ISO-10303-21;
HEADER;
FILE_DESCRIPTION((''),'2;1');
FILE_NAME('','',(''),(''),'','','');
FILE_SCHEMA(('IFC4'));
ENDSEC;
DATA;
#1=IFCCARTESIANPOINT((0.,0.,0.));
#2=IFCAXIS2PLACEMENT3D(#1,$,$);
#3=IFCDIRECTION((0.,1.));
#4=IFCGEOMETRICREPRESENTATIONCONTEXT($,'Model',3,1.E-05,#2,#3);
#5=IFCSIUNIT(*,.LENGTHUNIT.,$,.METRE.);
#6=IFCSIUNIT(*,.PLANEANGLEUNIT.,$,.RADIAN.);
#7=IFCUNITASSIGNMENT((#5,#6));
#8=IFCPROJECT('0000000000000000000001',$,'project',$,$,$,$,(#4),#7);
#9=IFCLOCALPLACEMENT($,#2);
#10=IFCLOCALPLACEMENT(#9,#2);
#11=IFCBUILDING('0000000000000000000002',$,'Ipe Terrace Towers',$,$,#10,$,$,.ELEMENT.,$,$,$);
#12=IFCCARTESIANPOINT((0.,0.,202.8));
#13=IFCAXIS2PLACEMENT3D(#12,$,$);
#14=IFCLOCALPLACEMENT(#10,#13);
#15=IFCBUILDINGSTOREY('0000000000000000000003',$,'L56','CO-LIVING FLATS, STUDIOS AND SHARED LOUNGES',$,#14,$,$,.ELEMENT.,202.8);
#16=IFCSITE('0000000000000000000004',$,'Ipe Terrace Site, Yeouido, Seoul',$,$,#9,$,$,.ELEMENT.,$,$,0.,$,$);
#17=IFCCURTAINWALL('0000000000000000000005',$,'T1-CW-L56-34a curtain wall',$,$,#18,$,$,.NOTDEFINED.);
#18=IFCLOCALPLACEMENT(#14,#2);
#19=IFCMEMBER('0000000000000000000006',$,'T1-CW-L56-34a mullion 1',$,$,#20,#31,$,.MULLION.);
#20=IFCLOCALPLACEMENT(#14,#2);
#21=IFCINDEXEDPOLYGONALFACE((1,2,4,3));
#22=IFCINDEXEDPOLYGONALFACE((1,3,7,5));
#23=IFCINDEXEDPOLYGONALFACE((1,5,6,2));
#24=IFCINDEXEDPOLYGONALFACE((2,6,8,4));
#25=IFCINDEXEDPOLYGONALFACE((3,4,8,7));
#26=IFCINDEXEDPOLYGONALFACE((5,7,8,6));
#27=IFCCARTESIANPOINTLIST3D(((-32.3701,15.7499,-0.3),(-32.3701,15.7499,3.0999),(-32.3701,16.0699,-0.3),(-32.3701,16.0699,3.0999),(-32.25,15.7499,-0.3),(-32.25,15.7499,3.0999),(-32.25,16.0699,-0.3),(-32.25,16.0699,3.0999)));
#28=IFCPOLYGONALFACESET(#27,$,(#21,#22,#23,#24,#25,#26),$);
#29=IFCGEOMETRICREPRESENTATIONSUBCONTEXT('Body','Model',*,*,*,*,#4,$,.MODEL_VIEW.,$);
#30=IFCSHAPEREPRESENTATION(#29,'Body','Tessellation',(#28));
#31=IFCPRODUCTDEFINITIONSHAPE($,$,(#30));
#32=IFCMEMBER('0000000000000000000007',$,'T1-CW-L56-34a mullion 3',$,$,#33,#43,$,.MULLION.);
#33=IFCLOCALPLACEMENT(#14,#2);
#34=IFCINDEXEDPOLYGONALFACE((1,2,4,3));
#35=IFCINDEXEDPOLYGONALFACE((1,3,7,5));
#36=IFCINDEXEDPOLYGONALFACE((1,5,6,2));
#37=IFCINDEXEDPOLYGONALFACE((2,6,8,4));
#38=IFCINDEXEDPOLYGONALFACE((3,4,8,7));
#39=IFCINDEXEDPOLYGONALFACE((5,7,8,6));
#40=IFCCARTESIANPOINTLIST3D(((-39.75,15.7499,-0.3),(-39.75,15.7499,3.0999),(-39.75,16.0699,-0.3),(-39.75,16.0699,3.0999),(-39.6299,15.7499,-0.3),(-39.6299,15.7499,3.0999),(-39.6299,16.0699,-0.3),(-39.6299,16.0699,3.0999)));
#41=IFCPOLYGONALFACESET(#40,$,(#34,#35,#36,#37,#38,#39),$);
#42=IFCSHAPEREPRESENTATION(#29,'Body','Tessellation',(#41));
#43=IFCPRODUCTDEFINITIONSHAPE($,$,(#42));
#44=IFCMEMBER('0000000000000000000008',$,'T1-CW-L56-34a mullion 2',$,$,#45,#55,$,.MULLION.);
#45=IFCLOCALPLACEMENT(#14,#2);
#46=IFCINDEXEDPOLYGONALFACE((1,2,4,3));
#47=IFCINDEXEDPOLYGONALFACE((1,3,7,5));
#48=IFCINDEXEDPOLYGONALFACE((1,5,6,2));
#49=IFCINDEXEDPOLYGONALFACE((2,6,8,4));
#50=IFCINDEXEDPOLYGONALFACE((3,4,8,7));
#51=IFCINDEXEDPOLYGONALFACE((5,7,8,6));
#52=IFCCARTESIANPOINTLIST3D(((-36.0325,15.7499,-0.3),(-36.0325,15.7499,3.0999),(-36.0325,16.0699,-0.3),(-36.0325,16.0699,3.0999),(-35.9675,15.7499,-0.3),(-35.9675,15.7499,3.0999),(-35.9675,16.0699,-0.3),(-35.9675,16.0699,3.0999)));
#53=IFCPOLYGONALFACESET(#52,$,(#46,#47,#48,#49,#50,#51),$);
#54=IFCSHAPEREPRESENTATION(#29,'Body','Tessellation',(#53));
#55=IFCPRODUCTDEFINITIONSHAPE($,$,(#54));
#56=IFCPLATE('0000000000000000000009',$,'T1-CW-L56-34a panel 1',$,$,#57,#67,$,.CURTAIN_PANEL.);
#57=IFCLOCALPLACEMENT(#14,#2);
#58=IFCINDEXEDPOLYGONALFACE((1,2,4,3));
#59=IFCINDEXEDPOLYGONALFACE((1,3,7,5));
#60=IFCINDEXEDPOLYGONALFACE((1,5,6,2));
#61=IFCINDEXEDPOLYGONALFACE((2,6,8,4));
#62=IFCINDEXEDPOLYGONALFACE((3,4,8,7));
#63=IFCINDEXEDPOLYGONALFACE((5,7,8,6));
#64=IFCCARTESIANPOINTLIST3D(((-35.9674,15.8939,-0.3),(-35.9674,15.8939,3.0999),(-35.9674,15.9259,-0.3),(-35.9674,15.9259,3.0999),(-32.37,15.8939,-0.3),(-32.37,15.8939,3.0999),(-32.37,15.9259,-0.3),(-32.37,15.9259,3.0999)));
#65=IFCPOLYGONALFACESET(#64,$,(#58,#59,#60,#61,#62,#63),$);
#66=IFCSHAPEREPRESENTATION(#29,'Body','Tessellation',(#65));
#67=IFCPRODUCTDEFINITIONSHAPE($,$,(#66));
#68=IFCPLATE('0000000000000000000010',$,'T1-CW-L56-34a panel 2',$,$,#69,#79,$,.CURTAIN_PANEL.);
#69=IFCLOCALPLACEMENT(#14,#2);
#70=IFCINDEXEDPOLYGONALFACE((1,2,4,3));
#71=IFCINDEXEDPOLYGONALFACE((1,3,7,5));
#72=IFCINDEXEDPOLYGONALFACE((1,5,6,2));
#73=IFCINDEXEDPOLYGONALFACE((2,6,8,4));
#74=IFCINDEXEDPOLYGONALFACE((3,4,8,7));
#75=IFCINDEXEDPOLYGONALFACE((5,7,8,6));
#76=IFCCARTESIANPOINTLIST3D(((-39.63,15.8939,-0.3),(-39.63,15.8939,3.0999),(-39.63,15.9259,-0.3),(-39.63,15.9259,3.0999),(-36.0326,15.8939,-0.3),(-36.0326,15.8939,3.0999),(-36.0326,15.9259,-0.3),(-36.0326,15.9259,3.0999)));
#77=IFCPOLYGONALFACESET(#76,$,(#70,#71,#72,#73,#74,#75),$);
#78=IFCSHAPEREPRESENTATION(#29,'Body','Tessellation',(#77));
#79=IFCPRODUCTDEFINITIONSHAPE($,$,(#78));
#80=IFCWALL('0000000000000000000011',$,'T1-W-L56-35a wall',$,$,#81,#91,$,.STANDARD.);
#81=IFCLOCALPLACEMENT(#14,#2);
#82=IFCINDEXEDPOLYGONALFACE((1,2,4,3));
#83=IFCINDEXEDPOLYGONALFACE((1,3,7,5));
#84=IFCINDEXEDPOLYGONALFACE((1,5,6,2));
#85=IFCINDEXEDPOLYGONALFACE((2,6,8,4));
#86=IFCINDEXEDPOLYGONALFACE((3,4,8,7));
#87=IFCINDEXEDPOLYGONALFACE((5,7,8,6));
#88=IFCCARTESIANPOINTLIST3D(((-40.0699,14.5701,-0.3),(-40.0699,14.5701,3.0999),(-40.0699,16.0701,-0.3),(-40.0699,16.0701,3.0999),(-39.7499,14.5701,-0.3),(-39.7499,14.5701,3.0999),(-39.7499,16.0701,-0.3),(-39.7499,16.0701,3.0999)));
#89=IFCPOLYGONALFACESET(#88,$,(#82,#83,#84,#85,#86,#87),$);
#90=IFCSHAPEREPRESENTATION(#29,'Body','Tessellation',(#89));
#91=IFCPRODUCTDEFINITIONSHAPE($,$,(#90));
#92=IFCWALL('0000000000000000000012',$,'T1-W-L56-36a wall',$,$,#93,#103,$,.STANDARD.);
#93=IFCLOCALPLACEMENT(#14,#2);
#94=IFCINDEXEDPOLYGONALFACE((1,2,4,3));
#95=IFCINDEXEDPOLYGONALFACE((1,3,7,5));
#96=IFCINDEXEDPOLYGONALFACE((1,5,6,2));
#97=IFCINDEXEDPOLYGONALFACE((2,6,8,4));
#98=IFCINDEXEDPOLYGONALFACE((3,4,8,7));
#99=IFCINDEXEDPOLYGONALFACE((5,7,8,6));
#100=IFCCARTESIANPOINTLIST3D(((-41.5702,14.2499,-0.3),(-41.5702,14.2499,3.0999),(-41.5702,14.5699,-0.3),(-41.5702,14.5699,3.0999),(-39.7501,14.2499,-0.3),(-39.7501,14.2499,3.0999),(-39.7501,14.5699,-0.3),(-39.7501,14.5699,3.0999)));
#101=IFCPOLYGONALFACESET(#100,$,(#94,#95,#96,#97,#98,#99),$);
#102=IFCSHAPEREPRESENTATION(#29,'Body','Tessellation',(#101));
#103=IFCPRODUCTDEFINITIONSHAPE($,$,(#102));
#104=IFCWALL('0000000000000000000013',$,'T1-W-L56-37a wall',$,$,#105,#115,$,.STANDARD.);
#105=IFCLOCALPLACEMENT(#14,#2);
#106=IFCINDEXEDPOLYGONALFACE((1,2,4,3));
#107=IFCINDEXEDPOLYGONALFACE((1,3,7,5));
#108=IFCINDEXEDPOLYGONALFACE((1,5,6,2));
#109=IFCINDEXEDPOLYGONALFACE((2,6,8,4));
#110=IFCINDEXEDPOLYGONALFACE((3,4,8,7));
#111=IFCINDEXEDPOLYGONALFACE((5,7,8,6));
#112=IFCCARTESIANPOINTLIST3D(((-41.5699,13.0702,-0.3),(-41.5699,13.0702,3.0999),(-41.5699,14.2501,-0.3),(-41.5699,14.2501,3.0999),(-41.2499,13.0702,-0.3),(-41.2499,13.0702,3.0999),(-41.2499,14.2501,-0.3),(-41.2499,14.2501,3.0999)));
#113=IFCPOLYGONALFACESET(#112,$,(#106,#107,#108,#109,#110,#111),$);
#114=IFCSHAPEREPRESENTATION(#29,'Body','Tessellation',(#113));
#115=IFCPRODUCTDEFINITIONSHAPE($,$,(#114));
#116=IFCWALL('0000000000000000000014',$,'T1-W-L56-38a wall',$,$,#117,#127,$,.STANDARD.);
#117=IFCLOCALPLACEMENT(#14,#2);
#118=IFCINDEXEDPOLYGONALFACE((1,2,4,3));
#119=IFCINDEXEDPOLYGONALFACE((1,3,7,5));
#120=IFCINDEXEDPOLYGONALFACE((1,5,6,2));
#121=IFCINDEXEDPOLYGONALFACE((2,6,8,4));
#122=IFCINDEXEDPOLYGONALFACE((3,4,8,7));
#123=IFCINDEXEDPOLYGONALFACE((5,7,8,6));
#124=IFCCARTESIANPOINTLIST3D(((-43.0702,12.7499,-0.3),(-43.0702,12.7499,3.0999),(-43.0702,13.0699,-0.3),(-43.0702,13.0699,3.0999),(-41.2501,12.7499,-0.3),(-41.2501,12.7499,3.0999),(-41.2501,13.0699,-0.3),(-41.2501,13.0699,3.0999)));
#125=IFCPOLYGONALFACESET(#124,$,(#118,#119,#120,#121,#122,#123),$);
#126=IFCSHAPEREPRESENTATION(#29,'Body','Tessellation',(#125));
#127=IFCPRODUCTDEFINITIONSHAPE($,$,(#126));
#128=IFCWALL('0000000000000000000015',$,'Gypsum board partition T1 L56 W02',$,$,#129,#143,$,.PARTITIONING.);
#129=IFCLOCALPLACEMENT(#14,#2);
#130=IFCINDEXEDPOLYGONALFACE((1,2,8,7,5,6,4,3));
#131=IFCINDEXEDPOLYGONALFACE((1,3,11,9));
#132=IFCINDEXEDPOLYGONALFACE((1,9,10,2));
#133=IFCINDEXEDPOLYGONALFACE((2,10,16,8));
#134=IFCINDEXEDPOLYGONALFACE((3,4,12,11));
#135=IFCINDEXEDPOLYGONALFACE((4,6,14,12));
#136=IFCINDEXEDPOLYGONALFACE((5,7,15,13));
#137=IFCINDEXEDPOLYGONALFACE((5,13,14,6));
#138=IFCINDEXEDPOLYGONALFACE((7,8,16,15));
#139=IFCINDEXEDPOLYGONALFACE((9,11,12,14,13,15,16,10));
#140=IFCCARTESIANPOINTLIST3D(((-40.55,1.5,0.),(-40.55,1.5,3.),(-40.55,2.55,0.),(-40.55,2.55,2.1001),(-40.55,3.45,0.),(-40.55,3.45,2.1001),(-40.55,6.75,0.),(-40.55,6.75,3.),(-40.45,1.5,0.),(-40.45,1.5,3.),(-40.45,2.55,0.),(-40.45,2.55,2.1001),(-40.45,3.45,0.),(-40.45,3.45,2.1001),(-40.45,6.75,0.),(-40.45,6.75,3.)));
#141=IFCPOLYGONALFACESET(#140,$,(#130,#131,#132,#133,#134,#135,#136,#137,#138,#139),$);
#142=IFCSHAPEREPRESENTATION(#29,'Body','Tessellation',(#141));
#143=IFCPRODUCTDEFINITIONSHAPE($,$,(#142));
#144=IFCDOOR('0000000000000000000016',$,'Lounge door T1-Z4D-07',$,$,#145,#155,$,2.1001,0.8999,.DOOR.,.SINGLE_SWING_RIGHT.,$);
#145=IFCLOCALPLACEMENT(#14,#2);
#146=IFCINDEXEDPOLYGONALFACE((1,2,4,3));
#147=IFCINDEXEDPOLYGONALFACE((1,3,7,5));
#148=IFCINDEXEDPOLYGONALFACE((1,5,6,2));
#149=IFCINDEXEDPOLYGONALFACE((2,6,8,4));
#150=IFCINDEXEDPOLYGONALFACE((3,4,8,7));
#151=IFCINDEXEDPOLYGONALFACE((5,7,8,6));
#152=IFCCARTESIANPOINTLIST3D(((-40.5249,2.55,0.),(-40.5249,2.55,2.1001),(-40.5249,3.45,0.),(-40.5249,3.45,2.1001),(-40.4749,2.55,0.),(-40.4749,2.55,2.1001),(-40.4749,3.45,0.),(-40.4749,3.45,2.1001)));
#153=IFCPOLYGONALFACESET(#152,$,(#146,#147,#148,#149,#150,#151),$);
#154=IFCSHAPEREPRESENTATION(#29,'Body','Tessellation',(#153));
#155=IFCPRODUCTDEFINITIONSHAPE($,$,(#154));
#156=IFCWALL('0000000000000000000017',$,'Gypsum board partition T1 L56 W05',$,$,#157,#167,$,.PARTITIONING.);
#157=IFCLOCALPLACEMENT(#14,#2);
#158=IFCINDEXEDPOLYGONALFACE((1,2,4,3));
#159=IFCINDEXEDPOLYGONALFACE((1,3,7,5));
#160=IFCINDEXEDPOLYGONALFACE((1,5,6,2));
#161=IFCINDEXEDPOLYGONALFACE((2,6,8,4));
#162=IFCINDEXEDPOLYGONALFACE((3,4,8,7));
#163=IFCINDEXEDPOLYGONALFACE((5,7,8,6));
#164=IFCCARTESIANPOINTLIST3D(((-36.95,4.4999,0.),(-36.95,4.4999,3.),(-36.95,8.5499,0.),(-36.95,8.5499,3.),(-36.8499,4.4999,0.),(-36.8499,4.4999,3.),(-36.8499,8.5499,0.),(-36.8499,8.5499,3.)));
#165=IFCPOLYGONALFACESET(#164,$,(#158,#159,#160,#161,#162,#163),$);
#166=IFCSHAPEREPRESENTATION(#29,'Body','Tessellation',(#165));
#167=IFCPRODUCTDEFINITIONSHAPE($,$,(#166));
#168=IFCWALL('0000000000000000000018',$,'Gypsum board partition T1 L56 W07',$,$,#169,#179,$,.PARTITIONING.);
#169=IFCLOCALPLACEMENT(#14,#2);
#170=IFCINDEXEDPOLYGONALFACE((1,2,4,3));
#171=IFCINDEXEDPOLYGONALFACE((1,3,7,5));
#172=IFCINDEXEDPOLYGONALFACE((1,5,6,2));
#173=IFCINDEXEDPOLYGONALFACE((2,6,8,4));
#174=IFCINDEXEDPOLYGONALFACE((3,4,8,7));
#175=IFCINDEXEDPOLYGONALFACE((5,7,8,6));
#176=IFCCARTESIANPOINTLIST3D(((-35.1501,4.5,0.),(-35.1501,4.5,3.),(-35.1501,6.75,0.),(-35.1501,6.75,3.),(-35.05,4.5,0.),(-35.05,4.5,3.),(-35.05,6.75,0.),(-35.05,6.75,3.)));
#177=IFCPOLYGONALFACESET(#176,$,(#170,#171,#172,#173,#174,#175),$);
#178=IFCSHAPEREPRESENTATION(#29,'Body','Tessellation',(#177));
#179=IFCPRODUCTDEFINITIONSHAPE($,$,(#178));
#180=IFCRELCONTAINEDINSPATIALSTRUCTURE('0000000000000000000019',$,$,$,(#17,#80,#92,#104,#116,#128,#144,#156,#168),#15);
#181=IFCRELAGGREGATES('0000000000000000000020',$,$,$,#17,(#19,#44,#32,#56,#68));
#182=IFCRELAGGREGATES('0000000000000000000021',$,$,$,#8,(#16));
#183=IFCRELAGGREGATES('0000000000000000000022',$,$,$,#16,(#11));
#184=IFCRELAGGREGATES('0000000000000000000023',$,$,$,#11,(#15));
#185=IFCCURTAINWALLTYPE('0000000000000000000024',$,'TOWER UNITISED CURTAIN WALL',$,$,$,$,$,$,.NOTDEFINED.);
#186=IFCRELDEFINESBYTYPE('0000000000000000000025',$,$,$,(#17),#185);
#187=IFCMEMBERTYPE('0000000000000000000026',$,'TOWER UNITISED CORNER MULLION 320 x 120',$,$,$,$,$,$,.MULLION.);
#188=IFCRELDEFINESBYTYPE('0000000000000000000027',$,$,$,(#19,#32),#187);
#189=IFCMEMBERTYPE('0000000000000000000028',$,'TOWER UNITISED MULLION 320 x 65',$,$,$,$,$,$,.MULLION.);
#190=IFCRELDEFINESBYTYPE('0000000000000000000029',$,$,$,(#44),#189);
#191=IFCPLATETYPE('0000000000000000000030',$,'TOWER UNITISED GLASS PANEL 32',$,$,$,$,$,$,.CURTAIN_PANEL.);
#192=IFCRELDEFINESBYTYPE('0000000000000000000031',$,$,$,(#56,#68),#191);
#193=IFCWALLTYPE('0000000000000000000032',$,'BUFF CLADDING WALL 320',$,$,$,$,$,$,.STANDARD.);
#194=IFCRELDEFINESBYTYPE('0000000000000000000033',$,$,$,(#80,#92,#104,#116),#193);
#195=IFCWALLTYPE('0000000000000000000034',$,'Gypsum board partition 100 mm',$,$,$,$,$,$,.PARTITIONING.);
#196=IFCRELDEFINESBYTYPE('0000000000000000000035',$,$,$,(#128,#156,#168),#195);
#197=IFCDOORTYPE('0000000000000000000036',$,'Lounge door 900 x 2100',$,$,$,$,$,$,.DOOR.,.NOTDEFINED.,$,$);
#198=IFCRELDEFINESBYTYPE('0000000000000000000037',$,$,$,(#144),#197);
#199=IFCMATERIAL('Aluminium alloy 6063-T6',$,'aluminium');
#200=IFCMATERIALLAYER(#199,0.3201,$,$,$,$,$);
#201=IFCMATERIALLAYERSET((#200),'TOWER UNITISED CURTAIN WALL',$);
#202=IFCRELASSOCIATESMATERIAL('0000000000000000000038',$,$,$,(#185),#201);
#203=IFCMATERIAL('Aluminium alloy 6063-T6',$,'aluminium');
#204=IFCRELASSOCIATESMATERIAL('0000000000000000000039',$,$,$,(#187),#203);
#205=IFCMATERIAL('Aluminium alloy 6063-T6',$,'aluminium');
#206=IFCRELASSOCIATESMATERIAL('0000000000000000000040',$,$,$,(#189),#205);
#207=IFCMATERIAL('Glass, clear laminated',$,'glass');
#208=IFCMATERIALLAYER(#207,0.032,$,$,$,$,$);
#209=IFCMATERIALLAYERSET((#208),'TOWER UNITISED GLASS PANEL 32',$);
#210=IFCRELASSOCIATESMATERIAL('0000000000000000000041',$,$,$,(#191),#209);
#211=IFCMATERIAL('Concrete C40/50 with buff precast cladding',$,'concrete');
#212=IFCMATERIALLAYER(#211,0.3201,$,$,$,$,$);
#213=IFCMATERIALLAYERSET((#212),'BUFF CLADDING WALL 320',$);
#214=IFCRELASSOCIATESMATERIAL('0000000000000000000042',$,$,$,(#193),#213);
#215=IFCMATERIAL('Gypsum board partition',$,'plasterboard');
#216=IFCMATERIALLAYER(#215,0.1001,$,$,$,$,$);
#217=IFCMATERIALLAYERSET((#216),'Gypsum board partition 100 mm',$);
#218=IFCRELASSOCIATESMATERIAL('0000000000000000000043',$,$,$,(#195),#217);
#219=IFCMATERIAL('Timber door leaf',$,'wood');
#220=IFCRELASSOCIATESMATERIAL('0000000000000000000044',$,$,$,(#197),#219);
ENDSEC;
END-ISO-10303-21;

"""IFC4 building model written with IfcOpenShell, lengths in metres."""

from ifc_helpers import new_model, si_unit, direction, frame, frame_2d, origin, origin_2d, place, context, subcontext, project, spatial, rectangle, extrude, material, layer, layer_set, material_profile, profile_set, type_object, element, fill, aggregate, save


model = new_model("IFC4")

# Units and contexts
model_context = context("Model", 3, precision=1e-05, world=origin(), true_north=direction((0.0, 1.0)))
body_context = subcontext(model_context, "Body", "Model", "MODEL_VIEW")
ifc_project = project(units=[si_unit("LENGTHUNIT", "METRE"), si_unit("PLANEANGLEUNIT", "RADIAN")], contexts=[model_context])

# Site, building, storey
site_placement = place(None, origin())
site = spatial("IfcSite", under=ifc_project, at=site_placement, Name="Ipe Terrace Site, Yeouido, Seoul", CompositionType="ELEMENT", RefElevation=0.0)
building_placement = place(site_placement, origin())
building = spatial("IfcBuilding", under=site, at=building_placement, Name="Ipe Terrace Towers", CompositionType="ELEMENT")
storey_placement = place(building_placement, frame((0.0, 0.0, 202.8)))
storey = spatial("IfcBuildingStorey", under=building, at=storey_placement, Name="L56", Description="CO-LIVING FLATS, STUDIOS AND SHARED LOUNGES", CompositionType="ELEMENT", Elevation=202.8)

# Curtain wall, members, plates
ifc_material_1 = material(Name="Aluminium alloy 6063-T6", Category="aluminium")
ifc_layer_1 = layer(ifc_material_1, 0.3201)
ifc_layer_set_1 = layer_set([ifc_layer_1], Name="TOWER UNITISED CURTAIN WALL")
curtain_wall_type = type_object("IfcCurtainWallType", Name="TOWER UNITISED CURTAIN WALL", PredefinedType="NOTDEFINED", material=ifc_layer_set_1)
curtain_wall_placement = place(storey_placement, origin())
curtain_wall = element("IfcCurtainWall", 1, at=curtain_wall_placement, inside=storey, type_object=curtain_wall_type, Name="T1-CW-L56-34a curtain wall", PredefinedType="NOTDEFINED")
ifc_material_2 = material(Name="Aluminium alloy 6063-T6", Category="aluminium")
ifc_material_profile_1 = material_profile(ifc_material_2, rectangle(XDim=0.3201, YDim=0.1201, at=origin_2d()), Name="TOWER UNITISED CORNER MULLION 320 x 120")
ifc_profile_set_1 = profile_set([ifc_material_profile_1], Name="Aluminium alloy 6063-T6")
member_type_1 = type_object("IfcMemberType", Name="TOWER UNITISED CORNER MULLION 320 x 120", PredefinedType="MULLION", material=ifc_profile_set_1)
member_1_placement = place(storey_placement, frame((-32.3101, 15.9099, -0.3), z_axis=(0.0, 0.0, 1.0), x_axis=(0.0, 1.0, 0.0)))
member_1 = element("IfcMember", 2, at=member_1_placement, type_object=member_type_1, Name="T1-CW-L56-34a mullion 1", PredefinedType="MULLION", context=body_context, shape_type="SweptSolid", body=[
    extrude(rectangle(XDim=0.3201, YDim=0.1201, at=origin_2d()), origin(), (0.0, 0.0, 1.0), 3.3999),
])
member_2_placement = place(storey_placement, frame((-39.6899, 15.9099, -0.3), z_axis=(0.0, 0.0, 1.0), x_axis=(0.0, 1.0, 0.0)))
member_2 = element("IfcMember", 3, at=member_2_placement, type_object=member_type_1, Name="T1-CW-L56-34a mullion 3", PredefinedType="MULLION", context=body_context, shape_type="SweptSolid", body=[
    extrude(rectangle(XDim=0.3201, YDim=0.1201, at=origin_2d()), origin(), (0.0, 0.0, 1.0), 3.3999),
])
ifc_material_3 = material(Name="Aluminium alloy 6063-T6", Category="aluminium")
ifc_material_profile_2 = material_profile(ifc_material_3, rectangle(XDim=0.3201, YDim=0.0649, at=origin_2d()), Name="TOWER UNITISED MULLION 320 x 65")
ifc_profile_set_2 = profile_set([ifc_material_profile_2], Name="Aluminium alloy 6063-T6")
member_type_2 = type_object("IfcMemberType", Name="TOWER UNITISED MULLION 320 x 65", PredefinedType="MULLION", material=ifc_profile_set_2)
member_3_placement = place(storey_placement, frame((-36.0, 15.9099, -0.3), z_axis=(0.0, 0.0, 1.0), x_axis=(0.0, 1.0, 0.0)))
member_3 = element("IfcMember", 4, at=member_3_placement, type_object=member_type_2, Name="T1-CW-L56-34a mullion 2", PredefinedType="MULLION", context=body_context, shape_type="SweptSolid", body=[
    extrude(rectangle(XDim=0.3201, YDim=0.0649, at=origin_2d()), origin(), (0.0, 0.0, 1.0), 3.3999),
])
ifc_material_4 = material(Name="Glass, clear laminated", Category="glass")
ifc_layer_2 = layer(ifc_material_4, 0.032)
ifc_layer_set_2 = layer_set([ifc_layer_2], Name="TOWER UNITISED GLASS PANEL 32")
plate_type = type_object("IfcPlateType", Name="TOWER UNITISED GLASS PANEL 32", PredefinedType="CURTAIN_PANEL", material=ifc_layer_set_2)
plate_1_placement = place(storey_placement, frame((-34.1687, 15.9099, -0.3), z_axis=(0.0, 0.0, 1.0), x_axis=(-1.0, 0.0, 0.0)))
plate_1 = element("IfcPlate", 5, at=plate_1_placement, type_object=plate_type, Name="T1-CW-L56-34a panel 1", PredefinedType="CURTAIN_PANEL", context=body_context, shape_type="SweptSolid", body=[
    extrude(rectangle(XDim=3.5974, YDim=0.032, at=origin_2d()), origin(), (0.0, 0.0, 1.0), 3.3999),
])
plate_2_placement = place(storey_placement, frame((-37.8313, 15.9099, -0.3), z_axis=(0.0, 0.0, 1.0), x_axis=(-1.0, 0.0, 0.0)))
plate_2 = element("IfcPlate", 6, at=plate_2_placement, type_object=plate_type, Name="T1-CW-L56-34a panel 2", PredefinedType="CURTAIN_PANEL", context=body_context, shape_type="SweptSolid", body=[
    extrude(rectangle(XDim=3.5974, YDim=0.032, at=origin_2d()), origin(), (0.0, 0.0, 1.0), 3.3999),
])
aggregate(curtain_wall, [member_1, member_3, member_2, plate_1, plate_2])

# Walls
ifc_material_5 = material(Name="Concrete C40/50 with buff precast cladding", Category="concrete")
ifc_layer_3 = layer(ifc_material_5, 0.3201)
ifc_layer_set_3 = layer_set([ifc_layer_3], Name="BUFF CLADDING WALL 320")
wall_type_1 = type_object("IfcWallType", Name="BUFF CLADDING WALL 320", PredefinedType="STANDARD", material=ifc_layer_set_3)
wall_1_placement = place(storey_placement, frame((-39.9099, 16.0701, -0.3), z_axis=(0.0, 0.0, 1.0), x_axis=(0.0, -1.0, 0.0)))
element("IfcWall", 7, at=wall_1_placement, inside=storey, type_object=wall_type_1, Name="T1-W-L56-35a wall", PredefinedType="STANDARD", context=body_context, shape_type="SweptSolid", body=[
    extrude(rectangle(XDim=1.5, YDim=0.3201, at=frame_2d((0.75, 0.0))), origin(), (0.0, 0.0, 1.0), 3.3999),
])
wall_2_placement = place(storey_placement, frame((-39.75, 14.4099, -0.3), z_axis=(0.0, 0.0, 1.0), x_axis=(-1.0, 0.0, 0.0)))
element("IfcWall", 8, at=wall_2_placement, inside=storey, type_object=wall_type_1, Name="T1-W-L56-36a wall", PredefinedType="STANDARD", context=body_context, shape_type="SweptSolid", body=[
    extrude(rectangle(XDim=1.8201, YDim=0.3201, at=frame_2d((0.9102, 0.0))), origin(), (0.0, 0.0, 1.0), 3.3999),
])
wall_3_placement = place(storey_placement, frame((-41.4099, 14.25, -0.3), z_axis=(0.0, 0.0, 1.0), x_axis=(0.0, -1.0, 0.0)))
element("IfcWall", 9, at=wall_3_placement, inside=storey, type_object=wall_type_1, Name="T1-W-L56-37a wall", PredefinedType="STANDARD", context=body_context, shape_type="SweptSolid", body=[
    extrude(rectangle(XDim=1.1799, YDim=0.3201, at=frame_2d((0.5898, 0.0))), origin(), (0.0, 0.0, 1.0), 3.3999),
])
wall_4_placement = place(storey_placement, frame((-41.25, 12.9099, -0.3), z_axis=(0.0, 0.0, 1.0), x_axis=(-1.0, 0.0, 0.0)))
element("IfcWall", 10, at=wall_4_placement, inside=storey, type_object=wall_type_1, Name="T1-W-L56-38a wall", PredefinedType="STANDARD", context=body_context, shape_type="SweptSolid", body=[
    extrude(rectangle(XDim=1.8201, YDim=0.3201, at=frame_2d((0.9102, 0.0))), origin(), (0.0, 0.0, 1.0), 3.3999),
])

# Wall, opening, door
ifc_material_6 = material(Name="Gypsum board partition", Category="plasterboard")
ifc_layer_4 = layer(ifc_material_6, 0.1001)
ifc_layer_set_4 = layer_set([ifc_layer_4], Name="Gypsum board partition 100 mm")
wall_type_2 = type_object("IfcWallType", Name="Gypsum board partition 100 mm", PredefinedType="PARTITIONING", material=ifc_layer_set_4)
wall_5_placement = place(storey_placement, frame((-40.5, 1.5, 0.0), z_axis=(0.0, 0.0, 1.0), x_axis=(0.0, 1.0, 0.0)))
wall_5 = element("IfcWall", 11, at=wall_5_placement, inside=storey, type_object=wall_type_2, Name="Gypsum board partition T1 L56 W02", PredefinedType="PARTITIONING", context=body_context, shape_type="SweptSolid", body=[
    extrude(rectangle(XDim=5.25, YDim=0.1001, at=frame_2d((2.625, 0.0))), origin(), (0.0, 0.0, 1.0), 3.0),
])
opening_1_placement = place(wall_5_placement, frame((1.05, 0.0, 0.0)))
opening_1 = element("IfcOpeningElement", 12, at=opening_1_placement, cuts=wall_5, PredefinedType="OPENING", context=body_context, shape_type="SweptSolid", body=[
    extrude(rectangle(XDim=0.8999, YDim=2.1001, at=frame_2d((0.45, 1.05))), frame((0.0, 0.0601, 0.0), z_axis=(0.0, -1.0, 0.0), x_axis=(1.0, 0.0, 0.0)), (0.0, 0.0, 1.0), 0.1201),
])
ifc_material_7 = material(Name="Timber door leaf", Category="wood")
door_type = type_object("IfcDoorType", Name="Lounge door 900 x 2100", OperationType="NOTDEFINED", PredefinedType="DOOR", material=ifc_material_7)
door_1_placement = place(opening_1_placement, origin())
door_1 = element("IfcDoor", 13, at=door_1_placement, inside=storey, type_object=door_type, Name="Lounge door T1-Z4D-07", OperationType="SINGLE_SWING_RIGHT", OverallHeight=2.1001, OverallWidth=0.8999, PredefinedType="DOOR", context=body_context, shape_type="SweptSolid", body=[
    extrude(rectangle(XDim=0.8999, YDim=2.1001, at=frame_2d((0.45, 1.05))), frame((0.0, 0.0249, 0.0), z_axis=(0.0, -1.0, 0.0), x_axis=(1.0, 0.0, 0.0)), (0.0, 0.0, 1.0), 0.05),
])
fill(opening_1, door_1)

# Walls
wall_6_placement = place(storey_placement, frame((-36.8999, 4.5, 0.0), z_axis=(0.0, 0.0, 1.0), x_axis=(0.0, 1.0, 0.0)))
element("IfcWall", 14, at=wall_6_placement, inside=storey, type_object=wall_type_2, Name="Gypsum board partition T1 L56 W05", PredefinedType="PARTITIONING", context=body_context, shape_type="SweptSolid", body=[
    extrude(rectangle(XDim=4.05, YDim=0.1001, at=frame_2d((2.0249, 0.0))), origin(), (0.0, 0.0, 1.0), 3.0),
])
wall_7_placement = place(storey_placement, frame((-35.1001, 4.5, 0.0), z_axis=(0.0, 0.0, 1.0), x_axis=(0.0, 1.0, 0.0)))
element("IfcWall", 15, at=wall_7_placement, inside=storey, type_object=wall_type_2, Name="Gypsum board partition T1 L56 W07", PredefinedType="PARTITIONING", context=body_context, shape_type="SweptSolid", body=[
    extrude(rectangle(XDim=2.25, YDim=0.1001, at=frame_2d((1.125, 0.0))), origin(), (0.0, 0.0, 1.0), 3.0),
])

save(model, "model.ifc")
